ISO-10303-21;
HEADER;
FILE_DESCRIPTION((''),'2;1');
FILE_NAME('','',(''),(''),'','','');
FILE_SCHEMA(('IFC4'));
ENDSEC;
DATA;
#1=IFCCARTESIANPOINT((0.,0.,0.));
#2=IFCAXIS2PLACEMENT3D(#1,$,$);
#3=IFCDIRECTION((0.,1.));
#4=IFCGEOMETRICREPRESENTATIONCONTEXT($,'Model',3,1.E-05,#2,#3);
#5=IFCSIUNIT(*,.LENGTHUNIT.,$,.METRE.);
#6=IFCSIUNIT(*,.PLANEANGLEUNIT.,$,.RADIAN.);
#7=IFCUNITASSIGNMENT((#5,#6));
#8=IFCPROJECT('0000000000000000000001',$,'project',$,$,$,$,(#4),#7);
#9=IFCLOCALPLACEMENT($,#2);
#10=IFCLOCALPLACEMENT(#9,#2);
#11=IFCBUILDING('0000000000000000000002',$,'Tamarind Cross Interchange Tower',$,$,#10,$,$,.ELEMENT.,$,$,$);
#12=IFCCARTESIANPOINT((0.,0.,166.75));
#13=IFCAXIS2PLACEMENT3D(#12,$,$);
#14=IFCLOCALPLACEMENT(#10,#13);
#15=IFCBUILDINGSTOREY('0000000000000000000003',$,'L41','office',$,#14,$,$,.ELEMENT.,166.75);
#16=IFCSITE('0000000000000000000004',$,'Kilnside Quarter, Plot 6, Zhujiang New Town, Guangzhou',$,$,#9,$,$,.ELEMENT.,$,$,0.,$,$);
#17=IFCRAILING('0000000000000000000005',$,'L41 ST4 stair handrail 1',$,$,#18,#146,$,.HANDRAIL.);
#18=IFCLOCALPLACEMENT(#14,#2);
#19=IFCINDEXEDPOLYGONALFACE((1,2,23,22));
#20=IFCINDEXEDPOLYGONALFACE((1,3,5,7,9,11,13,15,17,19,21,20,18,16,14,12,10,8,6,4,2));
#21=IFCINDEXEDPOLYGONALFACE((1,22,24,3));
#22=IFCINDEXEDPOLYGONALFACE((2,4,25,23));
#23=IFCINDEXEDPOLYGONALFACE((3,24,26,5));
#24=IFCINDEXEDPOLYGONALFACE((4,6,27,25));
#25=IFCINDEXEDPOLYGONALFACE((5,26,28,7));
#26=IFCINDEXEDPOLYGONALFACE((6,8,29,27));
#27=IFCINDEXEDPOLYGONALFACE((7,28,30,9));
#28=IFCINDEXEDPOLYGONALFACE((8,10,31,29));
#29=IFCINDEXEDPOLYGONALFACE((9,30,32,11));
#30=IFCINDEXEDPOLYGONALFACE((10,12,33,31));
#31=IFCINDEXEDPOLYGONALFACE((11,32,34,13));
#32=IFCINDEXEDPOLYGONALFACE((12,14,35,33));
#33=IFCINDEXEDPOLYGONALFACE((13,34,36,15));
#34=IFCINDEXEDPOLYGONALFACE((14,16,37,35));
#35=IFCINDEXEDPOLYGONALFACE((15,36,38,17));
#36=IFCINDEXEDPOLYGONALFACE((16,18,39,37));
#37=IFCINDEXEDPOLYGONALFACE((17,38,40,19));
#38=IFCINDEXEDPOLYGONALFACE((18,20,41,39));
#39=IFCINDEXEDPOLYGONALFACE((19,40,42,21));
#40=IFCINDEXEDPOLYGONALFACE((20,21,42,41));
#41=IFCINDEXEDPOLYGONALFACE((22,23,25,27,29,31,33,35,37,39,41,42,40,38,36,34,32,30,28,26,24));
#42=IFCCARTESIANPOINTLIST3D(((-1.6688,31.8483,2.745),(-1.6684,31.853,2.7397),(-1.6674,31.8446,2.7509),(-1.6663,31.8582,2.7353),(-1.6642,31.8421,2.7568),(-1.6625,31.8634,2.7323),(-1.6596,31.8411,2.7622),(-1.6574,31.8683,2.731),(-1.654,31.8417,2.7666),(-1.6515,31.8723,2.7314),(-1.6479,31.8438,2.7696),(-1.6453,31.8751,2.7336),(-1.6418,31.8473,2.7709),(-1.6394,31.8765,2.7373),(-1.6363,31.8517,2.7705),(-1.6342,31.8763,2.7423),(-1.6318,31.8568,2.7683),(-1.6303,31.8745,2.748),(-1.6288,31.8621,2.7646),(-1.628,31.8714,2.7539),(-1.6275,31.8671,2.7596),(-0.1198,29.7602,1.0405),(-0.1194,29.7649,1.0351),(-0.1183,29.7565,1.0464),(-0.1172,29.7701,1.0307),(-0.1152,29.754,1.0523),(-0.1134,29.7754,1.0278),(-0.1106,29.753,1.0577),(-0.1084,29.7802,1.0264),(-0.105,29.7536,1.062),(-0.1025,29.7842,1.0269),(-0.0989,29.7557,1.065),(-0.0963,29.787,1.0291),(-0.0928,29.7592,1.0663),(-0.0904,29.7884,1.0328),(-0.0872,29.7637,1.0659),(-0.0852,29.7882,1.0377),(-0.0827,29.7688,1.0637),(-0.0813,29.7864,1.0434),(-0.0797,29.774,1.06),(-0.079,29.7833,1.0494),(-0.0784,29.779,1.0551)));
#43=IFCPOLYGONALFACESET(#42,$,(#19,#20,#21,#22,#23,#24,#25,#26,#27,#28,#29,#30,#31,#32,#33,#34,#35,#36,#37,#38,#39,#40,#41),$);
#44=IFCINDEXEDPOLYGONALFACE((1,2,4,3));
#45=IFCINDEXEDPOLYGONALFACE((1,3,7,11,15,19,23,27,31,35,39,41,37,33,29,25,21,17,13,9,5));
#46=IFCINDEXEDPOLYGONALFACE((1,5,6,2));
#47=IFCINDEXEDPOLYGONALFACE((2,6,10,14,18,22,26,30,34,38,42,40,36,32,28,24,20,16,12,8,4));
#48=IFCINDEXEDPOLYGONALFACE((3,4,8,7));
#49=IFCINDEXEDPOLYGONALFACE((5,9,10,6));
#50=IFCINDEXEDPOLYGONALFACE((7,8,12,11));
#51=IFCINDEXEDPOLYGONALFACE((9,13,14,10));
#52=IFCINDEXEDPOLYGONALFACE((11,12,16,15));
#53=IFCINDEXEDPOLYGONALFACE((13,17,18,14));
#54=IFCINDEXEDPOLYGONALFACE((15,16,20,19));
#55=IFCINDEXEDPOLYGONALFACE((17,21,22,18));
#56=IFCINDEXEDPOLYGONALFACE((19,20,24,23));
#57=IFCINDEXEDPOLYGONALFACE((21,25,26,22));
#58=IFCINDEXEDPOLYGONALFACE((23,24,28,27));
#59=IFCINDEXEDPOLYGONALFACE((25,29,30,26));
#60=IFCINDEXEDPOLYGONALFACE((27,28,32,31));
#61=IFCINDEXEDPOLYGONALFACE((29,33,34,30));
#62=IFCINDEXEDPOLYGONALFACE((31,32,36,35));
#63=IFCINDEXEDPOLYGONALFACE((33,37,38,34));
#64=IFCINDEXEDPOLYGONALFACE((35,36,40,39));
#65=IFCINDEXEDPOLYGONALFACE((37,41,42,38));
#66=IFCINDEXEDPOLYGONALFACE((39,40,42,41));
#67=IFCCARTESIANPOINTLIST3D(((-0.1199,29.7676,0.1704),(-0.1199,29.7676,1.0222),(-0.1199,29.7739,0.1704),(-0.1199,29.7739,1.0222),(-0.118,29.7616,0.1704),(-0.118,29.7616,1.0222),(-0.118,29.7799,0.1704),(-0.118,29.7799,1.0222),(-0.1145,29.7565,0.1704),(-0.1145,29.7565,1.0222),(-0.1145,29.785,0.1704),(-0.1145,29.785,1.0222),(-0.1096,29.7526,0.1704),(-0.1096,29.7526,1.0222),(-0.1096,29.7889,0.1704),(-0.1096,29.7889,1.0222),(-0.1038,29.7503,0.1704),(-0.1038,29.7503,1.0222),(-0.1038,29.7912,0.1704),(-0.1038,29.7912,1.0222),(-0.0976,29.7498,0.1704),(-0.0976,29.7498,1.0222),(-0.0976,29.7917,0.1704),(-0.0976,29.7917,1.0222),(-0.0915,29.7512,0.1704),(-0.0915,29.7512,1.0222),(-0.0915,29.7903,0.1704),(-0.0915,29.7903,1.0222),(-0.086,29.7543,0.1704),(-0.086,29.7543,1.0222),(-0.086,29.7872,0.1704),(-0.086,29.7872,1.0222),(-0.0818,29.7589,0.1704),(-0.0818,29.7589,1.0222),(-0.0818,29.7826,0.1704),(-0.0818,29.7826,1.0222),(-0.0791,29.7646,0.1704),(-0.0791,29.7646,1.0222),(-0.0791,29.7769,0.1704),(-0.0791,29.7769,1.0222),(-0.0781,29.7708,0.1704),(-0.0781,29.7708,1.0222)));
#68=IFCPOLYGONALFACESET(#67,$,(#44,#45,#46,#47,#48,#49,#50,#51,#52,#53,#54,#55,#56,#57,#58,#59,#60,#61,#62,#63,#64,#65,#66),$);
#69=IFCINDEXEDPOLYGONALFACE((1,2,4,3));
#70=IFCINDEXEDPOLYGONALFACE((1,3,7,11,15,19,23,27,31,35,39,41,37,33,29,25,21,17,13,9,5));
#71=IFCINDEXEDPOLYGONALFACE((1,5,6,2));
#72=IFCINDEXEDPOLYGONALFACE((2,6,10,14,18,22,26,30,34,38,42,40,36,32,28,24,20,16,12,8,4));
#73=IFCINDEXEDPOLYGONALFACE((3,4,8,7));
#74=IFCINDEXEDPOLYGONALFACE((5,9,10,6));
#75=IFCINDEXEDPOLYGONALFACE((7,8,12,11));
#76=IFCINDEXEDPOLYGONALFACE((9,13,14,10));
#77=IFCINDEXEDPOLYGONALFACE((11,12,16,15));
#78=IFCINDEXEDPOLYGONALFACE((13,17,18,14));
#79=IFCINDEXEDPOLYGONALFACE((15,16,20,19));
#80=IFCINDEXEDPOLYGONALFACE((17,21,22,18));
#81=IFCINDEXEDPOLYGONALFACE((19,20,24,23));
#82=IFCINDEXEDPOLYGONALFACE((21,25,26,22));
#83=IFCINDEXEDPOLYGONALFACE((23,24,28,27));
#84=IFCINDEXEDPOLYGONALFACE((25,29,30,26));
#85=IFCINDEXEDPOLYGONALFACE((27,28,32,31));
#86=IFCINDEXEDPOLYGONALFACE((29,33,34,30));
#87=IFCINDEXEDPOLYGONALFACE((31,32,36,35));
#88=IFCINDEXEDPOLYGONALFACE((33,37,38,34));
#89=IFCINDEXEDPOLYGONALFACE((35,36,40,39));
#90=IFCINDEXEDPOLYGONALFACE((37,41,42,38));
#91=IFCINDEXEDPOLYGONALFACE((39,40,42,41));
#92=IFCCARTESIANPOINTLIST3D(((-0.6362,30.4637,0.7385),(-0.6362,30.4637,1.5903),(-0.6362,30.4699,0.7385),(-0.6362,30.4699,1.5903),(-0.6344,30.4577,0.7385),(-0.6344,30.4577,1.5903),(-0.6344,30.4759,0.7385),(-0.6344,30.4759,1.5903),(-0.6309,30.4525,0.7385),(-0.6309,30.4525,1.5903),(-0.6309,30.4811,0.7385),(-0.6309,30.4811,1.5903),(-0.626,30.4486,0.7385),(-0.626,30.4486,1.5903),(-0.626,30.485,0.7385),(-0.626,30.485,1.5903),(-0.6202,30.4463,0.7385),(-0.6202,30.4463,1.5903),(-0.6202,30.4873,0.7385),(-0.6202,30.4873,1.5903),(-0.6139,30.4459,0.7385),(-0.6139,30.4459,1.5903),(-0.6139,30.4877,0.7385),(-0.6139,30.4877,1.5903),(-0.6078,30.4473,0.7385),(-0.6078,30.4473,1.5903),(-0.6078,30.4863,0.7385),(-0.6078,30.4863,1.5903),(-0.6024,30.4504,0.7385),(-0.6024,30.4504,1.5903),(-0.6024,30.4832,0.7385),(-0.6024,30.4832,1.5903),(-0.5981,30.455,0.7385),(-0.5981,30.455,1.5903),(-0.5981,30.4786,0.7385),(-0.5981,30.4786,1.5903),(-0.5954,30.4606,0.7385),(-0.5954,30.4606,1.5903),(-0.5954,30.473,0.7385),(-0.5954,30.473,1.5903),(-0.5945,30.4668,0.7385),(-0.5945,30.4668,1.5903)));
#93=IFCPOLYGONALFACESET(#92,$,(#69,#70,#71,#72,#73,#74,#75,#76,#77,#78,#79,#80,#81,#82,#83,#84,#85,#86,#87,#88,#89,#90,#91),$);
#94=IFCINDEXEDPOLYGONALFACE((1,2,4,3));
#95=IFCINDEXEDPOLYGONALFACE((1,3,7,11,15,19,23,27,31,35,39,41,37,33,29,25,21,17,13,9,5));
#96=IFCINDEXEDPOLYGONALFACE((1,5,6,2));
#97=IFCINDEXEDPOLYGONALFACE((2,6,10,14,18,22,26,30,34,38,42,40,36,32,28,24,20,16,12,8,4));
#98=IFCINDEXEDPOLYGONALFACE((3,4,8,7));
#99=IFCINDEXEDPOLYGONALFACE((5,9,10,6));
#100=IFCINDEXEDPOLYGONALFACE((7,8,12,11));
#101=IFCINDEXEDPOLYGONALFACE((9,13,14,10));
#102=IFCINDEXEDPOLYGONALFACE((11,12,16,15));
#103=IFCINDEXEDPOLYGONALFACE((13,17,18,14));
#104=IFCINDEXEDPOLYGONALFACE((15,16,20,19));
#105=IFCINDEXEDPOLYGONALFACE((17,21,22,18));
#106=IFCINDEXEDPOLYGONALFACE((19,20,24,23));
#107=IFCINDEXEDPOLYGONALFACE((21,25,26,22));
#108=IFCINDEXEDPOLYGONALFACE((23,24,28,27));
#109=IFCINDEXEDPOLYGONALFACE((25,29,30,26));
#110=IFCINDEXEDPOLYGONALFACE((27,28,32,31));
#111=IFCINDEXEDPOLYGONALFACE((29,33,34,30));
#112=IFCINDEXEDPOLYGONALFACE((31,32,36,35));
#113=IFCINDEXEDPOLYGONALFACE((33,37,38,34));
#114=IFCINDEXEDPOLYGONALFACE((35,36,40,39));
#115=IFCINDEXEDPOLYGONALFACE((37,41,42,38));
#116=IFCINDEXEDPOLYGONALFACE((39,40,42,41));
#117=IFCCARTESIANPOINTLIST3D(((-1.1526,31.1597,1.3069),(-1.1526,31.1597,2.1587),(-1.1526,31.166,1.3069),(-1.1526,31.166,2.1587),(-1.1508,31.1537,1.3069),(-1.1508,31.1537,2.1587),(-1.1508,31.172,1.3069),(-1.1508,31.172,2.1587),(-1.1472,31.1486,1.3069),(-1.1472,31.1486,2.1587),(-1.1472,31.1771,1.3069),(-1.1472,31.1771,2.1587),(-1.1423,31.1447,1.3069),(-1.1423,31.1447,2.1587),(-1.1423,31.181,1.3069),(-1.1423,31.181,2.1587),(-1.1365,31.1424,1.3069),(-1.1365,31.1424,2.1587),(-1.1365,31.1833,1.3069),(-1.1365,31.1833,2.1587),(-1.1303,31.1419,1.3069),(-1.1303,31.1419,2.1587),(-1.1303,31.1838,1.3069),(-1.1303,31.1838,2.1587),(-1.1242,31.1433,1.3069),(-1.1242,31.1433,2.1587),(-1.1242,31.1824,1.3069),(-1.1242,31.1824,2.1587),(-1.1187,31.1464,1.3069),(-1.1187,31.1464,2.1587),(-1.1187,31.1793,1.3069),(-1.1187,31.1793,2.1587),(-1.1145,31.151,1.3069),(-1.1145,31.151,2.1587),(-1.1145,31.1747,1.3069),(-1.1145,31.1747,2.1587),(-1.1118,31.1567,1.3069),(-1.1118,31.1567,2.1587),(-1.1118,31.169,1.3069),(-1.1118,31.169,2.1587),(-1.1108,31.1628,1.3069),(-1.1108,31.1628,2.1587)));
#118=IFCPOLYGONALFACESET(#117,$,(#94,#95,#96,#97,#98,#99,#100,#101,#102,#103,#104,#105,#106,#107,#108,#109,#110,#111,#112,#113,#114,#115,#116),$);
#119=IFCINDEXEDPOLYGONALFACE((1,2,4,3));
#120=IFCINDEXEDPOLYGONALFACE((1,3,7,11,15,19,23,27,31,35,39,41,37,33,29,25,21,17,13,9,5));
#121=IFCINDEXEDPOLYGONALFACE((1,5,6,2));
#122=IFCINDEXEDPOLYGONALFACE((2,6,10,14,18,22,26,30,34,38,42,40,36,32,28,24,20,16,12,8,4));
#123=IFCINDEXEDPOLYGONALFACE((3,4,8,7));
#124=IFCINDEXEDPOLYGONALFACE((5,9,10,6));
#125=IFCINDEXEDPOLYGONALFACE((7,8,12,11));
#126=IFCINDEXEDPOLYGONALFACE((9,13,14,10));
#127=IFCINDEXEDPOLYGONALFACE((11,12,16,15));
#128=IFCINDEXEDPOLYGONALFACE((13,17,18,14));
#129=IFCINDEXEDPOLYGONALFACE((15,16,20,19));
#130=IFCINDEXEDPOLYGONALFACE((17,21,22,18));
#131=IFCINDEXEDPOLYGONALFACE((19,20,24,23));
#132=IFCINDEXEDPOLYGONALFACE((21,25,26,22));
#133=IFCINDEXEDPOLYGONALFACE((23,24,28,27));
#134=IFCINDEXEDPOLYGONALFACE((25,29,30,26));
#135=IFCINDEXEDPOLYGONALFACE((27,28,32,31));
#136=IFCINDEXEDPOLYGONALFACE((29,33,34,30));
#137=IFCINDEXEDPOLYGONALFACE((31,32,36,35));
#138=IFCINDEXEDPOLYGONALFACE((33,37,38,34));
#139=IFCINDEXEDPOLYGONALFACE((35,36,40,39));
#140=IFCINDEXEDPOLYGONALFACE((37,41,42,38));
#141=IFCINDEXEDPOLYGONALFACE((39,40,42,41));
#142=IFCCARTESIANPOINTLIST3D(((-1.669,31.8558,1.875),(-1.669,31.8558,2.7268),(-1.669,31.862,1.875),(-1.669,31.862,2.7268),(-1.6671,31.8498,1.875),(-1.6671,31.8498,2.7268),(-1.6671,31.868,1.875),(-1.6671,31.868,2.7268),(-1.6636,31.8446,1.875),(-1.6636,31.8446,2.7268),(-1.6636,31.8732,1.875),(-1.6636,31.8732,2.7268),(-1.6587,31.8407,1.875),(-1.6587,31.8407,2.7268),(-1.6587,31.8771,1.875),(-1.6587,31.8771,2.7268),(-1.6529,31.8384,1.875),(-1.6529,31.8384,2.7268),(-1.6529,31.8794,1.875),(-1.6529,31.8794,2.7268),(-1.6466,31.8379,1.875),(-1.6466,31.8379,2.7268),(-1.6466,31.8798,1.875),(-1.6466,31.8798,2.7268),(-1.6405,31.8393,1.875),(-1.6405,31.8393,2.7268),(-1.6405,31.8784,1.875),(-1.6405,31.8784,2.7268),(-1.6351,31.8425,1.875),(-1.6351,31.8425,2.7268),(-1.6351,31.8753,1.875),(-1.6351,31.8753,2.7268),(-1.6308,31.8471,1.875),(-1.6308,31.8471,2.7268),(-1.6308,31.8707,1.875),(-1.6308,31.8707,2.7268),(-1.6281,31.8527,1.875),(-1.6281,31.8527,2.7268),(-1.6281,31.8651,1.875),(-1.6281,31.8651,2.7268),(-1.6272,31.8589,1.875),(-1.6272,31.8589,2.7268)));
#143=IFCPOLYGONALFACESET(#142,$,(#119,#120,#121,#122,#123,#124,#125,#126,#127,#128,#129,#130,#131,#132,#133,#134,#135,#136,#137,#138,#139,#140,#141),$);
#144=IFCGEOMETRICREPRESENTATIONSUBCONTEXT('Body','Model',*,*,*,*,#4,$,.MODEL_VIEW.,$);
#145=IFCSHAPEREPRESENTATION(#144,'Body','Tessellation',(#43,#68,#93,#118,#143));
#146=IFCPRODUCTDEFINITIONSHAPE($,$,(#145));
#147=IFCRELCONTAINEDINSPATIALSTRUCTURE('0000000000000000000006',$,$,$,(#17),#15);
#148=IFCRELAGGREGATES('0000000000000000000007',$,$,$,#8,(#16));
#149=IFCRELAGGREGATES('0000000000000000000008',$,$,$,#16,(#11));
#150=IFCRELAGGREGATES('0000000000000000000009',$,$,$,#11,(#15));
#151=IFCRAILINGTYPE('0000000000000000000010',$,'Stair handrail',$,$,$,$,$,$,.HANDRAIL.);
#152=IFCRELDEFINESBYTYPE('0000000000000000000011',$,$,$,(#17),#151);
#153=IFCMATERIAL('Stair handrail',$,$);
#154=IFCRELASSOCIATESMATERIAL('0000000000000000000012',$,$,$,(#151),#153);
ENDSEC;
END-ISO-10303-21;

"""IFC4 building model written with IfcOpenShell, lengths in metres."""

from ifc_helpers import new_model, si_unit, direction, frame, origin, origin_2d, place, context, subcontext, project, spatial, circle, extrude, material, type_object, element, save


model = new_model("IFC4")

# Units and contexts
model_context = context("Model", 3, precision=1e-05, world=origin(), true_north=direction((0.0, 1.0)))
body_context = subcontext(model_context, "Body", "Model", "MODEL_VIEW")
ifc_project = project(units=[si_unit("LENGTHUNIT", "METRE"), si_unit("PLANEANGLEUNIT", "RADIAN")], contexts=[model_context])

# Site, building, storey
site_placement = place(None, origin())
site = spatial("IfcSite", under=ifc_project, at=site_placement, Name="Kilnside Quarter, Plot 6, Zhujiang New Town, Guangzhou", CompositionType="ELEMENT", RefElevation=0.0)
building_placement = place(site_placement, origin())
building = spatial("IfcBuilding", under=site, at=building_placement, Name="Tamarind Cross Interchange Tower", CompositionType="ELEMENT")
storey_placement = place(building_placement, frame((0.0, 0.0, 166.75)))
storey = spatial("IfcBuildingStorey", under=building, at=storey_placement, Name="L41", Description="office", CompositionType="ELEMENT", Elevation=166.75)

# Railing
ifc_material_1 = material(Name="Stair handrail")
railing_type_1 = type_object("IfcRailingType", Name="Stair handrail", PredefinedType="HANDRAIL", material=ifc_material_1)
railing_1_placement = place(storey_placement, frame((-0.0991, 29.7708, 0.1704)))
element("IfcRailing", 1, at=railing_1_placement, inside=storey, type_object=railing_type_1, Name="L41 ST4 stair handrail 1", PredefinedType="HANDRAIL", context=body_context, shape_type="SweptSolid", body=[
    extrude(circle(Radius=0.0239, at=origin_2d()), frame((0.0, 0.0, 0.876), z_axis=(-0.498263, 0.671653, 0.548285), x_axis=(-0.803133, -0.5958, 0.0)), (0.0, 0.0, 1.0), 3.1089),
    extrude(circle(Radius=0.021, at=origin_2d()), origin(), (0.0, 0.0, 1.0), 0.8518),
    extrude(circle(Radius=0.021, at=origin_2d()), frame((-0.5164, 0.696, 0.5681)), (0.0, 0.0, 1.0), 0.8518),
    extrude(circle(Radius=0.021, at=origin_2d()), frame((-1.0327, 1.3921, 1.1365)), (0.0, 0.0, 1.0), 0.8518),
    extrude(circle(Radius=0.021, at=origin_2d()), frame((-1.5491, 2.0881, 1.7046)), (0.0, 0.0, 1.0), 0.8518),
])

save(model, "model.ifc")
